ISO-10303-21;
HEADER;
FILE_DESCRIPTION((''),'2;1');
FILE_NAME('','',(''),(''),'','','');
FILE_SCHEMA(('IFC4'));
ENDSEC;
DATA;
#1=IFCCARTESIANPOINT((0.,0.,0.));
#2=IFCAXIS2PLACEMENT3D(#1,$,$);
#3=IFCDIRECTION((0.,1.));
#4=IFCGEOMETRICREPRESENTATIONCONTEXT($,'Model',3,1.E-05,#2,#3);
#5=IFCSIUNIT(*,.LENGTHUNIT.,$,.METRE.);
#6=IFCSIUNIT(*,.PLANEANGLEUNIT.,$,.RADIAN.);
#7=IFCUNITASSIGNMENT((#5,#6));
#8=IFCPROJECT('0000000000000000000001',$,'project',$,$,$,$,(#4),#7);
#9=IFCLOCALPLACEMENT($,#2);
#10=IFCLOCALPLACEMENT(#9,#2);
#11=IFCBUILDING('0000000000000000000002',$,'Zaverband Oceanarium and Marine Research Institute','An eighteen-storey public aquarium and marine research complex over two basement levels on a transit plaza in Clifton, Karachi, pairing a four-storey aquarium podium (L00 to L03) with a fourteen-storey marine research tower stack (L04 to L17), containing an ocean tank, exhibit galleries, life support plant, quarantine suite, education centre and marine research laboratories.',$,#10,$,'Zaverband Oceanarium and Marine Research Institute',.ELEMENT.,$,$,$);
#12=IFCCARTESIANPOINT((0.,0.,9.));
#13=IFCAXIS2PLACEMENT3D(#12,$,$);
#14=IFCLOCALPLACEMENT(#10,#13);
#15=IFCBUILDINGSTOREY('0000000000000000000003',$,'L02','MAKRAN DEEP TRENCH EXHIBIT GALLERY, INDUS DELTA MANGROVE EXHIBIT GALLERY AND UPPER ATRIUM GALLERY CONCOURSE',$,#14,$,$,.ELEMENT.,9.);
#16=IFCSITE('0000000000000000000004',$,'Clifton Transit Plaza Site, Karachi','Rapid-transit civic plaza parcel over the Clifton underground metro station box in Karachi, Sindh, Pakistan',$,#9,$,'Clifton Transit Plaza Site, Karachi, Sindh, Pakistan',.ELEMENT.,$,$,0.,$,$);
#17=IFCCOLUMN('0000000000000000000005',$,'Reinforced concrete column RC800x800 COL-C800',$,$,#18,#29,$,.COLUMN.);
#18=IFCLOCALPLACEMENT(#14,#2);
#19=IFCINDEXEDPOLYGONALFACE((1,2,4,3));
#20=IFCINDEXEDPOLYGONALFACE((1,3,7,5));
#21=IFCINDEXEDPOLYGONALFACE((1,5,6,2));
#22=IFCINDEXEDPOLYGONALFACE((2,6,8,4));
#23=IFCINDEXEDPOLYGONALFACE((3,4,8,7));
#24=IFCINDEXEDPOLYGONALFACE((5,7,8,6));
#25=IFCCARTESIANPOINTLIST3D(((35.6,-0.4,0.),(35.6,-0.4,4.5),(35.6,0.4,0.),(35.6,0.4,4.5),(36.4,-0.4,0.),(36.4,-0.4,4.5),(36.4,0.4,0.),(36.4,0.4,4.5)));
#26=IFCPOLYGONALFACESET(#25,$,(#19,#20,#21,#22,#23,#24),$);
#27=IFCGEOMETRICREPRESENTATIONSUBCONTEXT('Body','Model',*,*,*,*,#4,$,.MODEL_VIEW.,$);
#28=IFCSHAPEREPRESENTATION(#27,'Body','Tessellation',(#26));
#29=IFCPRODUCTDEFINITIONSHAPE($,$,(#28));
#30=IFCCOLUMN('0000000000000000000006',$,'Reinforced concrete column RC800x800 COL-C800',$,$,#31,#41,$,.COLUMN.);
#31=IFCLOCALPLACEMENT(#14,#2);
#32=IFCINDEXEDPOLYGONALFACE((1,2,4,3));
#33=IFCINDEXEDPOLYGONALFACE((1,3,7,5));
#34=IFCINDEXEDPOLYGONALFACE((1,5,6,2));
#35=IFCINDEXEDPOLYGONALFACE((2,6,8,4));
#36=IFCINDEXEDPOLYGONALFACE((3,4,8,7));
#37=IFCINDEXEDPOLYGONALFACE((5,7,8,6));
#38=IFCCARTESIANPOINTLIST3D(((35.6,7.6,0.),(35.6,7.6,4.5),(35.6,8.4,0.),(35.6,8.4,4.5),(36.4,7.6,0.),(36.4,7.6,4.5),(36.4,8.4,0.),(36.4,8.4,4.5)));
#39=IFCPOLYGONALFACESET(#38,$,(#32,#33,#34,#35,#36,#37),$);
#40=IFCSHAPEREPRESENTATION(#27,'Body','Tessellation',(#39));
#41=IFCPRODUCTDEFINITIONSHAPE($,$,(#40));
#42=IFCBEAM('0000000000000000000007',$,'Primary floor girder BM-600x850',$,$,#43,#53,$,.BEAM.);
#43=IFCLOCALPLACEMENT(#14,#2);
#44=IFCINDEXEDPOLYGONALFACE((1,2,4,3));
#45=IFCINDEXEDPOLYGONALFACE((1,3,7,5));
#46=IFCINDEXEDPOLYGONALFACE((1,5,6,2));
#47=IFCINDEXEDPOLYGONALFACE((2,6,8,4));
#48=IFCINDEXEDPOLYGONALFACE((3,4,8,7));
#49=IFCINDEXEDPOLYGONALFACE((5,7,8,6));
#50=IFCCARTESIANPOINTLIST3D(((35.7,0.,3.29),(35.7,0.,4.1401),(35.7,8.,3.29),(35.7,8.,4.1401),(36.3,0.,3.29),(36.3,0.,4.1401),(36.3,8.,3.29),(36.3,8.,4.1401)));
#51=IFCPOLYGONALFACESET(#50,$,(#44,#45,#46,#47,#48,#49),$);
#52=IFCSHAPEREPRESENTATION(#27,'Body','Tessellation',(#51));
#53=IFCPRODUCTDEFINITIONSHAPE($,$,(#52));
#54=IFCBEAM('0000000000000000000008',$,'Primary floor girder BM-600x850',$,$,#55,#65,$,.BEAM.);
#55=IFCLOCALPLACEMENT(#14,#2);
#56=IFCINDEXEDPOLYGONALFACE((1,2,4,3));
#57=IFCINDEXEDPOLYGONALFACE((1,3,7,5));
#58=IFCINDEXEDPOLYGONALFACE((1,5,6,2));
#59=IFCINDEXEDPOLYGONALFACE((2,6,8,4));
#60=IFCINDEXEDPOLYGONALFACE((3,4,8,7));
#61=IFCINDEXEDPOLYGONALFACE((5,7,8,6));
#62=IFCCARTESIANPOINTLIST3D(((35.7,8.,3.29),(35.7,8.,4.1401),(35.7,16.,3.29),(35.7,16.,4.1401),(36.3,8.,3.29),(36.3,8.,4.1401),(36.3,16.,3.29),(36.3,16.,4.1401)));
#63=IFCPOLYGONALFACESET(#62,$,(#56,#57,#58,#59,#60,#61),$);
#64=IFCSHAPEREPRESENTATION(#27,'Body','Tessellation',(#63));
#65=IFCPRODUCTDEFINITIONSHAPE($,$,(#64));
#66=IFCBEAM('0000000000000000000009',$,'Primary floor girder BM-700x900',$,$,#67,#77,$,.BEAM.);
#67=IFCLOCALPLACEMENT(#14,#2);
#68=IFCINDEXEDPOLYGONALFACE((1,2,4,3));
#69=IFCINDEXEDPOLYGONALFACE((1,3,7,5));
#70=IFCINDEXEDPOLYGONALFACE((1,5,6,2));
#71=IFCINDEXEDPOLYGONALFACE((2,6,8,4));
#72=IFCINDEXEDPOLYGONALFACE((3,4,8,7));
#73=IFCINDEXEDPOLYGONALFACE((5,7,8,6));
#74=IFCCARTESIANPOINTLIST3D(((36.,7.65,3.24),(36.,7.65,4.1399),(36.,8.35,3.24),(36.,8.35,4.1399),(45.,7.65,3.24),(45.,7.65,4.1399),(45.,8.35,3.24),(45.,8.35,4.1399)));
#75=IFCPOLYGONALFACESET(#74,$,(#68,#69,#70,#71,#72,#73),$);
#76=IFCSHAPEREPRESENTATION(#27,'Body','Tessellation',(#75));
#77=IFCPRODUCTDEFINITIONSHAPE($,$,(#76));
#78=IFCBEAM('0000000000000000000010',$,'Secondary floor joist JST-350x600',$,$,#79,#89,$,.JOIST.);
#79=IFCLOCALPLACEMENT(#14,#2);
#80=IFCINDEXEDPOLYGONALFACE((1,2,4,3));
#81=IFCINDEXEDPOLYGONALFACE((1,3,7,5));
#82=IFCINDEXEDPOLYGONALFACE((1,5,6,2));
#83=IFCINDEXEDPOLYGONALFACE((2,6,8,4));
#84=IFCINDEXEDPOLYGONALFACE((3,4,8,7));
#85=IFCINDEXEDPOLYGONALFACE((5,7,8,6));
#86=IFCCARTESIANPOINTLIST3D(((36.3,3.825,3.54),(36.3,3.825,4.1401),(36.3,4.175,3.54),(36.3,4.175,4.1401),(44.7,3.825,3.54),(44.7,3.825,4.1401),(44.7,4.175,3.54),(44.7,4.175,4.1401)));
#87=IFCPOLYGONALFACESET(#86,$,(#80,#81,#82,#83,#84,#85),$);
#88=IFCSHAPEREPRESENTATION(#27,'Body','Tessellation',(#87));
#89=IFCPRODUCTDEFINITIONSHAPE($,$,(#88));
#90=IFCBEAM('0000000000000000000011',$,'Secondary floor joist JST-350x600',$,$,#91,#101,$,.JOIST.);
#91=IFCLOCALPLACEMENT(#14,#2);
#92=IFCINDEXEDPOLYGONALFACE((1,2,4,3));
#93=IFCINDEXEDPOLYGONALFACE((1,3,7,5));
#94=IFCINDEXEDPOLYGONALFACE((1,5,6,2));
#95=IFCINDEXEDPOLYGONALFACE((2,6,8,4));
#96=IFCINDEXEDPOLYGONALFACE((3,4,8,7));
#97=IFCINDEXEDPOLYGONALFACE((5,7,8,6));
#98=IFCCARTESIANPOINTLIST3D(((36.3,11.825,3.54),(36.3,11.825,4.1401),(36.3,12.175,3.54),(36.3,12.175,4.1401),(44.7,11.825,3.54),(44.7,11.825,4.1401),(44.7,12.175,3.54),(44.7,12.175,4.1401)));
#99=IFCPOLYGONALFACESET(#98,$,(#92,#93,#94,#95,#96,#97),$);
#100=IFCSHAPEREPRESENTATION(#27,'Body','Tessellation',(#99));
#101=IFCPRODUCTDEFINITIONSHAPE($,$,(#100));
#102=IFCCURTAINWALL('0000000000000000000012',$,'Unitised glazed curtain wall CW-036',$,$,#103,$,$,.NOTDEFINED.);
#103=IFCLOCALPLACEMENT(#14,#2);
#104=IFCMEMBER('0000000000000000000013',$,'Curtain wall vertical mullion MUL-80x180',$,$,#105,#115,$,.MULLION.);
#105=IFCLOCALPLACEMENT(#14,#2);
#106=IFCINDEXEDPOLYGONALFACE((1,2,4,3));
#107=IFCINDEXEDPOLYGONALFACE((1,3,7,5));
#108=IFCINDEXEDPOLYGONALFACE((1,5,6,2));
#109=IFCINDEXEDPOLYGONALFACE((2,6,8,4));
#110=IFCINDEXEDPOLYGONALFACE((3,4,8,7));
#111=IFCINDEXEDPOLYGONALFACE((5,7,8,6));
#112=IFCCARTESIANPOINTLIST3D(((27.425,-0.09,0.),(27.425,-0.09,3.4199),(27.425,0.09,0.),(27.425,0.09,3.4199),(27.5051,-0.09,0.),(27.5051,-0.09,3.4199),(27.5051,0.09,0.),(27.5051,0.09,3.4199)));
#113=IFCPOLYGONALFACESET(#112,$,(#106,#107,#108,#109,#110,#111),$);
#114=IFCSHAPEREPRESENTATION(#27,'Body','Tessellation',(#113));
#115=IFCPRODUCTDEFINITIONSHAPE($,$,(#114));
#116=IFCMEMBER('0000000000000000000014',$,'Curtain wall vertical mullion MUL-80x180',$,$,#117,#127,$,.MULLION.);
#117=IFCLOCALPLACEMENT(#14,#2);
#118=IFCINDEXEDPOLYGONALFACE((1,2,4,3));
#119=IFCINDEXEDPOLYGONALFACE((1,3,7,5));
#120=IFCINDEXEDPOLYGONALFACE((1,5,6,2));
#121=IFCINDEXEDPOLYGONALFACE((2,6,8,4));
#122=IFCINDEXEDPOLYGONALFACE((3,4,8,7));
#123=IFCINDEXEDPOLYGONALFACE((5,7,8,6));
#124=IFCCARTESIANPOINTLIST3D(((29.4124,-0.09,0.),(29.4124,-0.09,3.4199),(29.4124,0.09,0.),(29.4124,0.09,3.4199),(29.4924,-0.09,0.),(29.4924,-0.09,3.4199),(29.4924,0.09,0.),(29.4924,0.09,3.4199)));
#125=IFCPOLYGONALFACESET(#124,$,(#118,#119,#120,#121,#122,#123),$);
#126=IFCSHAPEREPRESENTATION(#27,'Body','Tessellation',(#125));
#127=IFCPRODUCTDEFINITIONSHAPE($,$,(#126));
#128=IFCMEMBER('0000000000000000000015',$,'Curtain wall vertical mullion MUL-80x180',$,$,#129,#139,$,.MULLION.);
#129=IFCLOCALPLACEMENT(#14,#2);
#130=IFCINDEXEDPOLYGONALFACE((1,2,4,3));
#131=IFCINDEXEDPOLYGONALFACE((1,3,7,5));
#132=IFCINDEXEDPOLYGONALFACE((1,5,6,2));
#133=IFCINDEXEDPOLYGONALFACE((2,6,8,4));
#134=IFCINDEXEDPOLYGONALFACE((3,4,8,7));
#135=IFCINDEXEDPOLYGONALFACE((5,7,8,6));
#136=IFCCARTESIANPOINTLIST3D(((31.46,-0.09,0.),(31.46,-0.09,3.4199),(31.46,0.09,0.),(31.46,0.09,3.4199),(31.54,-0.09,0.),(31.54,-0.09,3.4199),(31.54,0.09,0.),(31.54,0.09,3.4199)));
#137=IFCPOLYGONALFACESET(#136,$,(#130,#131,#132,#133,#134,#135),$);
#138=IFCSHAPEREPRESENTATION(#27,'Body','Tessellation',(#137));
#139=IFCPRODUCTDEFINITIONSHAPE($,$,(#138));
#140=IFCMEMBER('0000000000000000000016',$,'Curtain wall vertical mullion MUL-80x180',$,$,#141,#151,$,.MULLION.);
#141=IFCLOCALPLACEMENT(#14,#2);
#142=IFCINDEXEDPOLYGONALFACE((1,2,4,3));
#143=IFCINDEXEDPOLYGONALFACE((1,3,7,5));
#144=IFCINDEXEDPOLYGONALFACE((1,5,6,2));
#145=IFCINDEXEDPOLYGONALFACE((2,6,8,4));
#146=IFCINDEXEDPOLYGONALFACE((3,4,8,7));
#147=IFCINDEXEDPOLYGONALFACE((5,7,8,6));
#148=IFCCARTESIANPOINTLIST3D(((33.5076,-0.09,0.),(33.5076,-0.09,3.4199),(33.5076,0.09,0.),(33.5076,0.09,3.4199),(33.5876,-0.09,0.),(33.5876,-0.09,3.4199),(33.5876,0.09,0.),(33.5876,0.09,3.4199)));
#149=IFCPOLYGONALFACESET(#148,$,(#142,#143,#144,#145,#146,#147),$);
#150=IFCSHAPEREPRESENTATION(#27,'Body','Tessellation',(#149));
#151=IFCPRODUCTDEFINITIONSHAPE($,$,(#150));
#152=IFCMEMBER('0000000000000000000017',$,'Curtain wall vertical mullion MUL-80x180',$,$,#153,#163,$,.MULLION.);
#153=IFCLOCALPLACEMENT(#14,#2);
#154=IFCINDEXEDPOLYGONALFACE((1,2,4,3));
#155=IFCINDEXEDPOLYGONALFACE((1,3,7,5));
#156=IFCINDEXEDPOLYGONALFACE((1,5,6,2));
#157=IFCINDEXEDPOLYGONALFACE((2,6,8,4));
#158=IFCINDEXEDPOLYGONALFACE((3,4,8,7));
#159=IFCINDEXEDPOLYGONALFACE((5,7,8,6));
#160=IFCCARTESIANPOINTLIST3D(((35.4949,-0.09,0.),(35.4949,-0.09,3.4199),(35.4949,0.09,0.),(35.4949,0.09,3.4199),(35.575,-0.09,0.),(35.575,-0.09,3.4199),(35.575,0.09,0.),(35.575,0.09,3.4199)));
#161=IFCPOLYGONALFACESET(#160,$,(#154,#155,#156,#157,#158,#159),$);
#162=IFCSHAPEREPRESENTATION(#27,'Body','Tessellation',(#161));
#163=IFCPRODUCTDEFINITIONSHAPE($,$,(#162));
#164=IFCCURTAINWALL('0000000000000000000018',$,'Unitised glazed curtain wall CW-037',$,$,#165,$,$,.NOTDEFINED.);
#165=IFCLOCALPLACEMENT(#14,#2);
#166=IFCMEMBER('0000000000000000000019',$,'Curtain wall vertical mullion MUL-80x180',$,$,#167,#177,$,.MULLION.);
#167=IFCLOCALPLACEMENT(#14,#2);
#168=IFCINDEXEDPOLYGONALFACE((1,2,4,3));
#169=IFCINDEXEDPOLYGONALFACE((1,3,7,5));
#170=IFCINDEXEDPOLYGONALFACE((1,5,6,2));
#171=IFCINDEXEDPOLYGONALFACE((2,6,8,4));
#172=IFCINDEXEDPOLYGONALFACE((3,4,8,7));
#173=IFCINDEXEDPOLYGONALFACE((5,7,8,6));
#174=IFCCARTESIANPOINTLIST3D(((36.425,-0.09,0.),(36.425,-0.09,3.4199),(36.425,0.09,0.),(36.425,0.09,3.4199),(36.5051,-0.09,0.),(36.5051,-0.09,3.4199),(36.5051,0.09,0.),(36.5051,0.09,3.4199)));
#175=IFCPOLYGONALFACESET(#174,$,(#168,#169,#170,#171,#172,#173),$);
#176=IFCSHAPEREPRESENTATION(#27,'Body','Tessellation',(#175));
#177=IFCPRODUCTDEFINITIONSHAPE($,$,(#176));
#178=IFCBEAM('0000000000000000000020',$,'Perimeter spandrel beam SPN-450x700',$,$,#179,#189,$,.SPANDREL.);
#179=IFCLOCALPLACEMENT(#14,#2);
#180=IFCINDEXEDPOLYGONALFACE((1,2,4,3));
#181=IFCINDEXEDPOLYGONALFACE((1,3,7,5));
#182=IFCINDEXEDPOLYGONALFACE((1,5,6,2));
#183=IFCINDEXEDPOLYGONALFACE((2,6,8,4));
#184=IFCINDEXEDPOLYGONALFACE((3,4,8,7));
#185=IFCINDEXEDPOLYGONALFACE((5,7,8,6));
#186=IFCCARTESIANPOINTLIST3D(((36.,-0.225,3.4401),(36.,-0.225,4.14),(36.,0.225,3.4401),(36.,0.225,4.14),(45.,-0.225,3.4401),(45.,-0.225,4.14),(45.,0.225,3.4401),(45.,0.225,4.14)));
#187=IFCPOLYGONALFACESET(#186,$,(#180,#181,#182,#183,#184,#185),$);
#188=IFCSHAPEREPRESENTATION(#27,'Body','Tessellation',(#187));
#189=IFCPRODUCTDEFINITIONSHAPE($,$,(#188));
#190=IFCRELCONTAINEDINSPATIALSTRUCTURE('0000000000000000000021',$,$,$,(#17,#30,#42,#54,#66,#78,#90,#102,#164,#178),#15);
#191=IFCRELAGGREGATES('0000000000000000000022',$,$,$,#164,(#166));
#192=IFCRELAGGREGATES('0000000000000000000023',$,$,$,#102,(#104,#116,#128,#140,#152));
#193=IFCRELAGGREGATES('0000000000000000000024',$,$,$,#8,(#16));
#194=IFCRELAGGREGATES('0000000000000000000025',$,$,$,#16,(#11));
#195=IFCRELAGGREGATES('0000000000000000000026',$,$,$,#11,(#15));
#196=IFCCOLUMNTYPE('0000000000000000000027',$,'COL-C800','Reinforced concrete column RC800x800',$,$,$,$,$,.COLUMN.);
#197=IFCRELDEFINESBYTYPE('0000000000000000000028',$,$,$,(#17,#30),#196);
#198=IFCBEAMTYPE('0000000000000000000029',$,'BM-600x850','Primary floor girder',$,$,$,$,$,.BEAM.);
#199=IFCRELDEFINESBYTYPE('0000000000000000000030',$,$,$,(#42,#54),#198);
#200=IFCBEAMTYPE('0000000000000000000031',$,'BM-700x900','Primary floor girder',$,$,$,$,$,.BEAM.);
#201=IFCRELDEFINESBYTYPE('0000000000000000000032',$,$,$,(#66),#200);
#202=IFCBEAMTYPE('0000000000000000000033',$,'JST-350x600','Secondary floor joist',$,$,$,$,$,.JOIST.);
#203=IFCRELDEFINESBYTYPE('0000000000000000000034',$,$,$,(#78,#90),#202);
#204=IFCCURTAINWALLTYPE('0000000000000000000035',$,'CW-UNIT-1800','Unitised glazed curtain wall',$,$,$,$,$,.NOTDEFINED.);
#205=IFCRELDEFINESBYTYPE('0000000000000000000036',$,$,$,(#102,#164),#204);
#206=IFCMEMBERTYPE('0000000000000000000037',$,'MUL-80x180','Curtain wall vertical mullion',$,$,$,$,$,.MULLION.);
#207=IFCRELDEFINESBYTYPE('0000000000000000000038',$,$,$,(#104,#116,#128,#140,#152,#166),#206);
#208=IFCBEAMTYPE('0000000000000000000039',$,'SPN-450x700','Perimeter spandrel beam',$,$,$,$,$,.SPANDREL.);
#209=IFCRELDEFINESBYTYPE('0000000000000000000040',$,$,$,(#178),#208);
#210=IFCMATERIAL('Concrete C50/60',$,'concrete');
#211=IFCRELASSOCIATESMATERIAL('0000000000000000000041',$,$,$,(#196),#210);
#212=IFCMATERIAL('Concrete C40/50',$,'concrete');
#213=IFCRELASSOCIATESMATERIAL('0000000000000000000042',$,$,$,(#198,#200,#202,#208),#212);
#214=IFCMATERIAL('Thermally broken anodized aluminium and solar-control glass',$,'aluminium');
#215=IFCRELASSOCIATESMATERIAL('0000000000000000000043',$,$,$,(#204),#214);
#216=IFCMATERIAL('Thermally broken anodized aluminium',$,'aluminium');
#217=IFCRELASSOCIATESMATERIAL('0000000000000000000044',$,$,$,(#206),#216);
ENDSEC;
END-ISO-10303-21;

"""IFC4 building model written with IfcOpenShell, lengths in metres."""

from ifc_helpers import new_model, si_unit, direction, frame, origin, origin_2d, place, context, subcontext, project, spatial, rectangle, extrude, material, material_profile, profile_set, type_object, element, aggregate, save


model = new_model("IFC4")

# Units and contexts
model_context = context("Model", 3, precision=1e-05, world=origin(), true_north=direction((0.0, 1.0)))
body_context = subcontext(model_context, "Body", "Model", "MODEL_VIEW")
ifc_project = project(units=[si_unit("LENGTHUNIT", "METRE"), si_unit("PLANEANGLEUNIT", "RADIAN")], contexts=[model_context])

# Site, building, storey
site_placement = place(None, origin())
site = spatial("IfcSite", under=ifc_project, at=site_placement, Name="Clifton Transit Plaza Site, Karachi", Description="Rapid-transit civic plaza parcel over the Clifton underground metro station box in Karachi, Sindh, Pakistan", LongName="Clifton Transit Plaza Site, Karachi, Sindh, Pakistan", CompositionType="ELEMENT", RefElevation=0.0)
building_placement = place(site_placement, origin())
building = spatial("IfcBuilding", under=site, at=building_placement, Name="Zaverband Oceanarium and Marine Research Institute", Description="An eighteen-storey public aquarium and marine research complex over two basement levels on a transit plaza in Clifton, Karachi, pairing a four-storey aquarium podium (L00 to L03) with a fourteen-storey marine research tower stack (L04 to L17), containing an ocean tank, exhibit galleries, life support plant, quarantine suite, education centre and marine research laboratories.", LongName="Zaverband Oceanarium and Marine Research Institute", CompositionType="ELEMENT")
storey_placement = place(building_placement, frame((0.0, 0.0, 9.0)))
storey = spatial("IfcBuildingStorey", under=building, at=storey_placement, Name="L02", Description="MAKRAN DEEP TRENCH EXHIBIT GALLERY, INDUS DELTA MANGROVE EXHIBIT GALLERY AND UPPER ATRIUM GALLERY CONCOURSE", CompositionType="ELEMENT", Elevation=9.0)

# Columns
ifc_material_1 = material(Name="Concrete C50/60", Category="concrete")
ifc_material_profile_1 = material_profile(ifc_material_1, rectangle(XDim=0.8, YDim=0.8, at=origin_2d()), Name="RC800x800")
ifc_profile_set_1 = profile_set([ifc_material_profile_1], Name="Concrete C50/60")
column_type = type_object("IfcColumnType", Name="COL-C800", Description="Reinforced concrete column RC800x800", PredefinedType="COLUMN", material=ifc_profile_set_1)
for number, where, z_axis, x_axis, name in (
    (1, (36.0, 0.0, 0.0), (0.0, 0.0, 1.0), (1.0, 0.0, 0.0), "Reinforced concrete column RC800x800 COL-C800"),
    (2, (36.0, 8.0, 0.0), (0.0, 0.0, 1.0), (1.0, 0.0, 0.0), "Reinforced concrete column RC800x800 COL-C800"),
):
    element("IfcColumn", number, at=place(storey_placement, frame(where, z_axis=z_axis, x_axis=x_axis)), inside=storey, type_object=column_type, Name=name, PredefinedType="COLUMN", context=body_context, shape_type="SweptSolid", body=[
        extrude(rectangle(XDim=0.8, YDim=0.8, at=origin_2d()), origin(), (0.0, 0.0, 1.0), 4.5),
    ])

# Beams
ifc_material_2 = material(Name="Concrete C40/50", Category="concrete")
ifc_material_profile_2 = material_profile(ifc_material_2, rectangle(XDim=0.6001, YDim=0.8501, at=origin_2d()), Name="RC600x850")
ifc_profile_set_2 = profile_set([ifc_material_profile_2], Name="Concrete C40/50")
beam_type_1 = type_object("IfcBeamType", Name="BM-600x850", Description="Primary floor girder", PredefinedType="BEAM", material=ifc_profile_set_2)
for number, where, z_axis, x_axis, name in (
    (3, (36.0, 0.0, 3.7151), (0.0, 1.0, 0.0), (-1.0, 0.0, 0.0), "Primary floor girder BM-600x850"),
    (4, (36.0, 8.0, 3.7151), (0.0, 1.0, 0.0), (-1.0, 0.0, 0.0), "Primary floor girder BM-600x850"),
):
    element("IfcBeam", number, at=place(storey_placement, frame(where, z_axis=z_axis, x_axis=x_axis)), inside=storey, type_object=beam_type_1, Name=name, PredefinedType="BEAM", context=body_context, shape_type="SweptSolid", body=[
        extrude(rectangle(XDim=0.6001, YDim=0.8501, at=origin_2d()), origin(), (0.0, 0.0, 1.0), 8.0),
    ])
ifc_material_profile_3 = material_profile(ifc_material_2, rectangle(XDim=0.7, YDim=0.8999, at=origin_2d()), Name="RC700x900")
ifc_profile_set_3 = profile_set([ifc_material_profile_3], Name="Concrete C40/50")
beam_type_2 = type_object("IfcBeamType", Name="BM-700x900", Description="Primary floor girder", PredefinedType="BEAM", material=ifc_profile_set_3)
beam_1_placement = place(storey_placement, frame((36.0, 8.0, 3.6899), z_axis=(1.0, 0.0, 0.0), x_axis=(0.0, 1.0, 0.0)))
element("IfcBeam", 5, at=beam_1_placement, inside=storey, type_object=beam_type_2, Name="Primary floor girder BM-700x900", PredefinedType="BEAM", context=body_context, shape_type="SweptSolid", body=[
    extrude(rectangle(XDim=0.7, YDim=0.8999, at=origin_2d()), origin(), (0.0, 0.0, 1.0), 9.0),
])
ifc_material_profile_4 = material_profile(ifc_material_2, rectangle(XDim=0.3501, YDim=0.6001, at=origin_2d()), Name="RC350x600")
ifc_profile_set_4 = profile_set([ifc_material_profile_4], Name="Concrete C40/50")
beam_type_3 = type_object("IfcBeamType", Name="JST-350x600", Description="Secondary floor joist", PredefinedType="JOIST", material=ifc_profile_set_4)
for number, where, z_axis, x_axis, name in (
    (6, (36.3, 4.0, 3.8401), (1.0, 0.0, 0.0), (0.0, 1.0, 0.0), "Secondary floor joist JST-350x600"),
    (7, (36.3, 12.0, 3.8401), (1.0, 0.0, 0.0), (0.0, 1.0, 0.0), "Secondary floor joist JST-350x600"),
):
    element("IfcBeam", number, at=place(storey_placement, frame(where, z_axis=z_axis, x_axis=x_axis)), inside=storey, type_object=beam_type_3, Name=name, PredefinedType="JOIST", context=body_context, shape_type="SweptSolid", body=[
        extrude(rectangle(XDim=0.3501, YDim=0.6001, at=origin_2d()), origin(), (0.0, 0.0, 1.0), 8.3999),
    ])

# Curtain wall, members
ifc_material_3 = material(Name="Thermally broken anodized aluminium and solar-control glass", Category="aluminium")
curtain_wall_type = type_object("IfcCurtainWallType", Name="CW-UNIT-1800", Description="Unitised glazed curtain wall", PredefinedType="NOTDEFINED", material=ifc_material_3)
curtain_wall_1_placement = place(storey_placement, origin())
curtain_wall_1 = element("IfcCurtainWall", 8, at=curtain_wall_1_placement, inside=storey, type_object=curtain_wall_type, Name="Unitised glazed curtain wall CW-036", PredefinedType="NOTDEFINED")
ifc_material_4 = material(Name="Thermally broken anodized aluminium", Category="aluminium")
ifc_material_profile_5 = material_profile(ifc_material_4, rectangle(XDim=0.0801, YDim=0.1799, at=origin_2d()), Name="AL-MUL-80x180")
ifc_profile_set_5 = profile_set([ifc_material_profile_5], Name="Thermally broken anodized aluminium")
member_type_1 = type_object("IfcMemberType", Name="MUL-80x180", Description="Curtain wall vertical mullion", PredefinedType="MULLION", material=ifc_profile_set_5)
member_1_placement = place(storey_placement, frame((27.4651, 0.0, 0.0), z_axis=(0.0, 0.0, 1.0), x_axis=(1.0, 0.0, 0.0)))
member_1 = element("IfcMember", 9, at=member_1_placement, type_object=member_type_1, Name="Curtain wall vertical mullion MUL-80x180", PredefinedType="MULLION", context=body_context, shape_type="SweptSolid", body=[
    extrude(rectangle(XDim=0.0801, YDim=0.1799, at=origin_2d()), origin(), (0.0, 0.0, 1.0), 3.4199),
])
member_2_placement = place(storey_placement, frame((29.4524, 0.0, 0.0), z_axis=(0.0, 0.0, 1.0), x_axis=(1.0, 0.0, 0.0)))
member_2 = element("IfcMember", 10, at=member_2_placement, type_object=member_type_1, Name="Curtain wall vertical mullion MUL-80x180", PredefinedType="MULLION", context=body_context, shape_type="SweptSolid", body=[
    extrude(rectangle(XDim=0.0801, YDim=0.1799, at=origin_2d()), origin(), (0.0, 0.0, 1.0), 3.4199),
])
member_3_placement = place(storey_placement, frame((31.5, 0.0, 0.0), z_axis=(0.0, 0.0, 1.0), x_axis=(1.0, 0.0, 0.0)))
member_3 = element("IfcMember", 11, at=member_3_placement, type_object=member_type_1, Name="Curtain wall vertical mullion MUL-80x180", PredefinedType="MULLION", context=body_context, shape_type="SweptSolid", body=[
    extrude(rectangle(XDim=0.0801, YDim=0.1799, at=origin_2d()), origin(), (0.0, 0.0, 1.0), 3.4199),
])
member_4_placement = place(storey_placement, frame((33.5476, 0.0, 0.0), z_axis=(0.0, 0.0, 1.0), x_axis=(1.0, 0.0, 0.0)))
member_4 = element("IfcMember", 12, at=member_4_placement, type_object=member_type_1, Name="Curtain wall vertical mullion MUL-80x180", PredefinedType="MULLION", context=body_context, shape_type="SweptSolid", body=[
    extrude(rectangle(XDim=0.0801, YDim=0.1799, at=origin_2d()), origin(), (0.0, 0.0, 1.0), 3.4199),
])
member_5_placement = place(storey_placement, frame((35.5349, 0.0, 0.0), z_axis=(0.0, 0.0, 1.0), x_axis=(1.0, 0.0, 0.0)))
member_5 = element("IfcMember", 13, at=member_5_placement, type_object=member_type_1, Name="Curtain wall vertical mullion MUL-80x180", PredefinedType="MULLION", context=body_context, shape_type="SweptSolid", body=[
    extrude(rectangle(XDim=0.0801, YDim=0.1799, at=origin_2d()), origin(), (0.0, 0.0, 1.0), 3.4199),
])

# Curtain wall, member
curtain_wall_2_placement = place(storey_placement, origin())
curtain_wall_2 = element("IfcCurtainWall", 14, at=curtain_wall_2_placement, inside=storey, type_object=curtain_wall_type, Name="Unitised glazed curtain wall CW-037", PredefinedType="NOTDEFINED")
member_6_placement = place(storey_placement, frame((36.4651, 0.0, 0.0), z_axis=(0.0, 0.0, 1.0), x_axis=(1.0, 0.0, 0.0)))
member_6 = element("IfcMember", 15, at=member_6_placement, type_object=member_type_1, Name="Curtain wall vertical mullion MUL-80x180", PredefinedType="MULLION", context=body_context, shape_type="SweptSolid", body=[
    extrude(rectangle(XDim=0.0801, YDim=0.1799, at=origin_2d()), origin(), (0.0, 0.0, 1.0), 3.4199),
])

# Beam
ifc_material_profile_6 = material_profile(ifc_material_2, rectangle(XDim=0.45, YDim=0.7, at=origin_2d()), Name="RC450x700")
ifc_profile_set_6 = profile_set([ifc_material_profile_6], Name="Concrete C40/50")
beam_type_4 = type_object("IfcBeamType", Name="SPN-450x700", Description="Perimeter spandrel beam", PredefinedType="SPANDREL", material=ifc_profile_set_6)
beam_2_placement = place(storey_placement, frame((36.0, 0.0, 3.79), z_axis=(1.0, 0.0, 0.0), x_axis=(0.0, 1.0, 0.0)))
element("IfcBeam", 16, at=beam_2_placement, inside=storey, type_object=beam_type_4, Name="Perimeter spandrel beam SPN-450x700", PredefinedType="SPANDREL", context=body_context, shape_type="SweptSolid", body=[
    extrude(rectangle(XDim=0.45, YDim=0.7, at=origin_2d()), origin(), (0.0, 0.0, 1.0), 9.0),
])

aggregate(curtain_wall_2, [member_6])

aggregate(curtain_wall_1, [member_1, member_2, member_3, member_4, member_5])

save(model, "model.ifc")
